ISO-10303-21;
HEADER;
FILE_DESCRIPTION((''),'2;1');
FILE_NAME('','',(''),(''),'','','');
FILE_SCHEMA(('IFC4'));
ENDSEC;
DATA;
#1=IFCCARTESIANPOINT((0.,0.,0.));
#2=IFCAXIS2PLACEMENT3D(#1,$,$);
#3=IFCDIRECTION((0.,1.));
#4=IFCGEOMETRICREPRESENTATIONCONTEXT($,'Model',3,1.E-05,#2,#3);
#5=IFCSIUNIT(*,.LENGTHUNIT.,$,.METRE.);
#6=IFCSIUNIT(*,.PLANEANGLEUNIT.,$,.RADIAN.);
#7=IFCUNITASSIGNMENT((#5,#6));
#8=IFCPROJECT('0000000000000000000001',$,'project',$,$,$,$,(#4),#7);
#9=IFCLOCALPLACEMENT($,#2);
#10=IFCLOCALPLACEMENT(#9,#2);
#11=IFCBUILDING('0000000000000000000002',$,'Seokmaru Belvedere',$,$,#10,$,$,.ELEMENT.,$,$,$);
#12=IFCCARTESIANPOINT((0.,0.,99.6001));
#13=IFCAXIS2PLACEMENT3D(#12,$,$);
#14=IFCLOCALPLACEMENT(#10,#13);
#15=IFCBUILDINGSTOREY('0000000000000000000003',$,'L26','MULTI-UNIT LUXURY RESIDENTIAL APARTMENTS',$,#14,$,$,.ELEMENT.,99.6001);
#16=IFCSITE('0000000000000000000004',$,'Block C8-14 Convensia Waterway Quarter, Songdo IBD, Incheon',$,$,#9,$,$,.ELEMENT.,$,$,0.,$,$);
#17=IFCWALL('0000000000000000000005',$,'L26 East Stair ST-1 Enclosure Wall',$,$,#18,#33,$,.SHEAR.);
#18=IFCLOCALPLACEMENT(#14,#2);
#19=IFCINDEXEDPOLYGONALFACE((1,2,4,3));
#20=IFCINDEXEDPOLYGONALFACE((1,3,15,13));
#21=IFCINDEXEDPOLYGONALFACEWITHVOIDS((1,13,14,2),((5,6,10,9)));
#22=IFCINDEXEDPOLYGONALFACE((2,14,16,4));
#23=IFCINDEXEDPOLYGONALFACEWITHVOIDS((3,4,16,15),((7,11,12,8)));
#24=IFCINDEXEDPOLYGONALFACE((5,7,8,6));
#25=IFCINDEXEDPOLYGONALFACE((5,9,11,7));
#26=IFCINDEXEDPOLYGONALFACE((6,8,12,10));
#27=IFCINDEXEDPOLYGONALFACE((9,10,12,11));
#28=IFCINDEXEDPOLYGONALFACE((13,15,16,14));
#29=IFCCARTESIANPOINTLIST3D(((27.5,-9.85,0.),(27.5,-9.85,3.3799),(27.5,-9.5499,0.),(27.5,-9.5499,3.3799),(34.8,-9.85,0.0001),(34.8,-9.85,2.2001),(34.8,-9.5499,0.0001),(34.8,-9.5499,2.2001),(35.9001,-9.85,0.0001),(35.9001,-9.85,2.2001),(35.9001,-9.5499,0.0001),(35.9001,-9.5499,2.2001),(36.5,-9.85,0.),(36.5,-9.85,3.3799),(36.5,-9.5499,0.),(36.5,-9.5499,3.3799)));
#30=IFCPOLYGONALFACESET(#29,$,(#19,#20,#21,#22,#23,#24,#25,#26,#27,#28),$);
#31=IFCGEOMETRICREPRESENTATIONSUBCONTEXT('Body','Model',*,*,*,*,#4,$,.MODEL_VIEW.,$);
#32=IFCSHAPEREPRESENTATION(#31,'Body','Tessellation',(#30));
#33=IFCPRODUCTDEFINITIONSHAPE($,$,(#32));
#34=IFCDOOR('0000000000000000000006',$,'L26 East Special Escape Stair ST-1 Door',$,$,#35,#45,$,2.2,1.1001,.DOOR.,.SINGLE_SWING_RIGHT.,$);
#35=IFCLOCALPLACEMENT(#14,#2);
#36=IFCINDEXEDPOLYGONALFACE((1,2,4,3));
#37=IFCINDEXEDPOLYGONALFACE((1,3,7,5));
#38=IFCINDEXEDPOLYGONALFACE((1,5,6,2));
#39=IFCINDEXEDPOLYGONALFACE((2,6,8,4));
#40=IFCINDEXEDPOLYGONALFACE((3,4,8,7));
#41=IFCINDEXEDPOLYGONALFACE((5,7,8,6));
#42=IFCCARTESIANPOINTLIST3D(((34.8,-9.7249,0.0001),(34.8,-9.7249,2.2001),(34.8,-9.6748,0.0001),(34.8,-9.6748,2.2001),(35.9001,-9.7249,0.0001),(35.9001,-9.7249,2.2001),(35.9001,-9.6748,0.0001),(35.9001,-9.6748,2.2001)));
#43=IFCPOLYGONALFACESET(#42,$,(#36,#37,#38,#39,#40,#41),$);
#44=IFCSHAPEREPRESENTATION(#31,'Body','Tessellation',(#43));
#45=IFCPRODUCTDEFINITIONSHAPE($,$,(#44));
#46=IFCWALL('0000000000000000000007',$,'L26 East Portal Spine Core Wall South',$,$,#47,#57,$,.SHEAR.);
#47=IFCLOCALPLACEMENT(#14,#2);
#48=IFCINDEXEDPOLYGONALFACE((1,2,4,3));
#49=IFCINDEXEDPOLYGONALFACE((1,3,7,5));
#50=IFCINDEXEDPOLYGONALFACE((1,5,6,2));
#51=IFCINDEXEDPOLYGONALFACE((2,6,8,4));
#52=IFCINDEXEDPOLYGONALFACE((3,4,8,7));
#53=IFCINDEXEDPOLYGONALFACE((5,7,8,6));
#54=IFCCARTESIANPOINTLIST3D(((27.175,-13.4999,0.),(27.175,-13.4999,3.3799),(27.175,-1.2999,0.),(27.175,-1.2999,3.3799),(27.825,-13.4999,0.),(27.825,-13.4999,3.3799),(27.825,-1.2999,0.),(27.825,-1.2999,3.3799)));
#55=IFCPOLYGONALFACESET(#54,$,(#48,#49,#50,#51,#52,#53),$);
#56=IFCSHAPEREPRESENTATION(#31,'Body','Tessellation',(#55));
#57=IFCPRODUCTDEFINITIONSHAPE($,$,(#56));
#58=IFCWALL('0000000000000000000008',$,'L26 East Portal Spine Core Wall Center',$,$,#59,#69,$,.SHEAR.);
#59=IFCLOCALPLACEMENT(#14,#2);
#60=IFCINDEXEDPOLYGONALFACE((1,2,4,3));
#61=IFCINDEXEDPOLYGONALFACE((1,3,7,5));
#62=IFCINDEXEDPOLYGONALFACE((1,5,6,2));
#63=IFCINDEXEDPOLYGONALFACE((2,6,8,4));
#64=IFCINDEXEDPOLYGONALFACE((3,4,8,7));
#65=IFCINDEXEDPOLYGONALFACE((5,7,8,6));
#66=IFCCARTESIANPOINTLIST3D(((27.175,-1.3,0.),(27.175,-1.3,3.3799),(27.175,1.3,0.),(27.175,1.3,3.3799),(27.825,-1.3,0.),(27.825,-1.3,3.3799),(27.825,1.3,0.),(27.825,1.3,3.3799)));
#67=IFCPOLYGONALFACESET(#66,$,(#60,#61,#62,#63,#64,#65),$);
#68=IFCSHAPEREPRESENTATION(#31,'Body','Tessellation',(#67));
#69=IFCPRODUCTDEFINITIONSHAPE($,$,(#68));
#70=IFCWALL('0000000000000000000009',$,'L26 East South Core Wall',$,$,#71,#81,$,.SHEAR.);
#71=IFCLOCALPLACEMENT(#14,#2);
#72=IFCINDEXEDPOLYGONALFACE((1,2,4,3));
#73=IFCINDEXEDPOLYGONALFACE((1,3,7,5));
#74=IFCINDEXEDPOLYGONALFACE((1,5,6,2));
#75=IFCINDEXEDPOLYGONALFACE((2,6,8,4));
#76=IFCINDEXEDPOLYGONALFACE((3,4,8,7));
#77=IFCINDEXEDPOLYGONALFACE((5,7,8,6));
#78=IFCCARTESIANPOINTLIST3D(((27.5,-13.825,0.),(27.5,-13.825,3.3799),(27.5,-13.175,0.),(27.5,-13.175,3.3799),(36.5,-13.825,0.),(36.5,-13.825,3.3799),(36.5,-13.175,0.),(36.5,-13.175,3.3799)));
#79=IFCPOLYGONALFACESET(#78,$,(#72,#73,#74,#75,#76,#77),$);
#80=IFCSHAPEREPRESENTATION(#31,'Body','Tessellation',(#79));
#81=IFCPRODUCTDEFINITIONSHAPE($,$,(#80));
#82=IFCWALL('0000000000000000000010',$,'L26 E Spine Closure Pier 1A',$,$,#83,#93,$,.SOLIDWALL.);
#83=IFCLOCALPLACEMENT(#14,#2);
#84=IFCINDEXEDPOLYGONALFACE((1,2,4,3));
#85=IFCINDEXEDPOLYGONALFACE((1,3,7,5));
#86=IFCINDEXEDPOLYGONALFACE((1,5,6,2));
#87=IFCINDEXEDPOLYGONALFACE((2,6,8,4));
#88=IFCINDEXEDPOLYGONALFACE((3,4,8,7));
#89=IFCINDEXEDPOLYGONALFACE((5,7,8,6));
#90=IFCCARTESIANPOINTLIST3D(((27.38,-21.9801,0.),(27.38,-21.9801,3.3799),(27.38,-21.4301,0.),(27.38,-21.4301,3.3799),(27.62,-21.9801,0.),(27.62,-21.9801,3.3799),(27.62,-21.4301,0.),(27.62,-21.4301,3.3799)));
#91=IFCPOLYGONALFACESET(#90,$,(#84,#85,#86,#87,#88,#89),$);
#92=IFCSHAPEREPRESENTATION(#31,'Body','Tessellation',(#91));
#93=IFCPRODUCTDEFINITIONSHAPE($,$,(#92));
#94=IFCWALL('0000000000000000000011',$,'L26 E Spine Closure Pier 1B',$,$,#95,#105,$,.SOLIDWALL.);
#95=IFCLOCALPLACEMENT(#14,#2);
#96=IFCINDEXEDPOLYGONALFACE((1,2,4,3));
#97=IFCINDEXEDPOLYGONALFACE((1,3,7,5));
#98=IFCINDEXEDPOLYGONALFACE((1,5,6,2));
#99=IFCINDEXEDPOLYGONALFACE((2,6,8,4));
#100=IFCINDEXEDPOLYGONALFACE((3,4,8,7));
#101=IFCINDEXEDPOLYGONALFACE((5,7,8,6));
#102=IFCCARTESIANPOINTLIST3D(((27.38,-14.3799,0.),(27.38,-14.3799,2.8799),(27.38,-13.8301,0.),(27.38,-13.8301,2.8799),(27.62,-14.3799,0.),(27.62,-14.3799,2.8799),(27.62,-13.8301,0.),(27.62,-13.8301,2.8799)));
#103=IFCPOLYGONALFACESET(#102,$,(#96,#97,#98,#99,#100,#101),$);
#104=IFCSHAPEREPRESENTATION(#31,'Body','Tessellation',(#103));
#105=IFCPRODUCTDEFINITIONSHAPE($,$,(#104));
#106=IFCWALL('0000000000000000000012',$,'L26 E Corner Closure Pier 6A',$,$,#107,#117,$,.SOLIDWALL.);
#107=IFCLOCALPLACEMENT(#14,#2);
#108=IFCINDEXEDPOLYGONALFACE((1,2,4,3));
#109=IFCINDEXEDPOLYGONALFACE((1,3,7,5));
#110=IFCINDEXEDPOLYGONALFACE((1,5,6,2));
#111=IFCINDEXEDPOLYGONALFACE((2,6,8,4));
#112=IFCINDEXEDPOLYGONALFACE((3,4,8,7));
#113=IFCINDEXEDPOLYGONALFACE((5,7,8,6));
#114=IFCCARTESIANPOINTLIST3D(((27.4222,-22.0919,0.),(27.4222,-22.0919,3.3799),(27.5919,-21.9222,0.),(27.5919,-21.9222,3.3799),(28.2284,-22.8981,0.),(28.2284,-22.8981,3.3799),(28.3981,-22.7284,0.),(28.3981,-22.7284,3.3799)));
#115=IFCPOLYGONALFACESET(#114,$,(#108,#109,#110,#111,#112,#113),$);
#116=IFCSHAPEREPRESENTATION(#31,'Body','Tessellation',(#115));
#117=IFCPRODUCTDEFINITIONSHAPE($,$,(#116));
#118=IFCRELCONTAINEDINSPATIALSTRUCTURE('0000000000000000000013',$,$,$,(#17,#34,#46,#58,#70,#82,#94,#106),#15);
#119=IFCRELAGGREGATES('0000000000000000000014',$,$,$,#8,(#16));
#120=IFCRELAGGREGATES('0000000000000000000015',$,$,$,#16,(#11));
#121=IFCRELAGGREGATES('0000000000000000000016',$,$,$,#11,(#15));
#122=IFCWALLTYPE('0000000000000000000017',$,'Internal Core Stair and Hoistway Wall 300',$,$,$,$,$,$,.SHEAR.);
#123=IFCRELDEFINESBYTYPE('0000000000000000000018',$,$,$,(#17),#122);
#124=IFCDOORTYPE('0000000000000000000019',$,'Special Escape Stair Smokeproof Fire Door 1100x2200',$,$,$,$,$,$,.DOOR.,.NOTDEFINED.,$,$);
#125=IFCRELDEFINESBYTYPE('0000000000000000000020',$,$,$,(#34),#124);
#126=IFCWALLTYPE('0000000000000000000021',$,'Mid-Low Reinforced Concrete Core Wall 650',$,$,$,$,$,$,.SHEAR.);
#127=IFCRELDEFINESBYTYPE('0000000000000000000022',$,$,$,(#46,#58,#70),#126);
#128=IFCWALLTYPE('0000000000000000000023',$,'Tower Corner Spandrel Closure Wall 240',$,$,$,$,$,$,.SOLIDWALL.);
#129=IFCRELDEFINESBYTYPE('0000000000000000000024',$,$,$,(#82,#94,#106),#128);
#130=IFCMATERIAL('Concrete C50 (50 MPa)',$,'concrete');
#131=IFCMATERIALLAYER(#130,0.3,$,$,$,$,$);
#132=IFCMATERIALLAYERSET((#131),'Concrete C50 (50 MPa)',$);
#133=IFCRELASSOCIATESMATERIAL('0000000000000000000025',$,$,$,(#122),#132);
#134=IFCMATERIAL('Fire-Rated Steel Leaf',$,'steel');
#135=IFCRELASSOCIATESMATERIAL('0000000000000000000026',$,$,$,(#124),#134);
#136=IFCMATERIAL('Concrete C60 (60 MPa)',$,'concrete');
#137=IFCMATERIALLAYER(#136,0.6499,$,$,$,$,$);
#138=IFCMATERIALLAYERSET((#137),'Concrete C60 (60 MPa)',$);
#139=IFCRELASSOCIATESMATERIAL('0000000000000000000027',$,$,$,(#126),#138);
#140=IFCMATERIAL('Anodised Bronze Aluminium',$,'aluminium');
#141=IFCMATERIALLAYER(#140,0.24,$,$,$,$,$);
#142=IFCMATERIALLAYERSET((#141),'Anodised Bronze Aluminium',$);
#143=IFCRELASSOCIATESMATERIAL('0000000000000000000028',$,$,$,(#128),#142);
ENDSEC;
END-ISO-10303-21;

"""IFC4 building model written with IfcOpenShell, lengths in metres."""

from ifc_helpers import new_model, si_unit, direction, frame, frame_2d, origin, place, context, subcontext, project, spatial, rectangle, extrude, source, transform, mapped, material, layer, layer_set, type_object, type_shapes, element, fill, save


model = new_model("IFC4")

# Units and contexts
model_context = context("Model", 3, precision=1e-05, world=origin(), true_north=direction((0.0, 1.0)))
body_context = subcontext(model_context, "Body", "Model", "MODEL_VIEW")
ifc_project = project(units=[si_unit("LENGTHUNIT", "METRE"), si_unit("PLANEANGLEUNIT", "RADIAN")], contexts=[model_context])

# Site, building, storey
site_placement = place(None, origin())
site = spatial("IfcSite", under=ifc_project, at=site_placement, Name="Block C8-14 Convensia Waterway Quarter, Songdo IBD, Incheon", CompositionType="ELEMENT", RefElevation=0.0)
building_placement = place(site_placement, origin())
building = spatial("IfcBuilding", under=site, at=building_placement, Name="Seokmaru Belvedere", CompositionType="ELEMENT")
storey_placement = place(building_placement, frame((0.0, 0.0, 99.6001)))
storey = spatial("IfcBuildingStorey", under=building, at=storey_placement, Name="L26", Description="MULTI-UNIT LUXURY RESIDENTIAL APARTMENTS", CompositionType="ELEMENT", Elevation=99.6001)

# Shared definitions
ifc_material_1 = material(Name="Anodised Bronze Aluminium", Category="aluminium")

# Shared definitions
ifc_material_2 = material(Name="Concrete C50 (50 MPa)", Category="concrete")

# Wall, opening, door
ifc_layer_1 = layer(ifc_material_2, 0.3)
ifc_layer_set_1 = layer_set([ifc_layer_1], Name="Concrete C50 (50 MPa)")
wall_type_1 = type_object("IfcWallType", Name="Internal Core Stair and Hoistway Wall 300", PredefinedType="SHEAR", material=ifc_layer_set_1)
wall_1_placement = place(storey_placement, frame((27.5, -9.7, 0.0), z_axis=(0.0, 0.0, 1.0), x_axis=(1.0, 0.0, 0.0)))
wall_1 = element("IfcWall", 1, at=wall_1_placement, inside=storey, type_object=wall_type_1, Name="L26 East Stair ST-1 Enclosure Wall", PredefinedType="SHEAR", context=body_context, shape_type="SweptSolid", body=[
    extrude(rectangle(XDim=9.0, YDim=0.3, at=frame_2d((4.5, 0.0))), origin(), (0.0, 0.0, 1.0), 3.3799),
])
opening_placement = place(wall_1_placement, frame((7.3, 0.0, 0.0)))
opening = element("IfcOpeningElement", 2, at=opening_placement, cuts=wall_1, PredefinedType="OPENING", context=body_context, shape_type="SweptSolid", body=[
    extrude(rectangle(XDim=1.1001, YDim=2.2, at=frame_2d((0.55, 1.1001))), frame((0.0, 0.1602, 0.0), z_axis=(0.0, -1.0, 0.0), x_axis=(1.0, 0.0, 0.0)), (0.0, 0.0, 1.0), 0.3201),
])
ifc_material_3 = material(Name="Fire-Rated Steel Leaf", Category="steel")
door_type = type_object("IfcDoorType", Name="Special Escape Stair Smokeproof Fire Door 1100x2200", OperationType="NOTDEFINED", PredefinedType="DOOR", material=ifc_material_3)
shared_shape_1 = source(origin(), body_context, "Body", "SweptSolid", [
    extrude(rectangle(XDim=1.1001, YDim=2.2, at=frame_2d((0.55, 1.1001))), frame((0.0, 0.0249, 0.0), z_axis=(0.0, -1.0, 0.0), x_axis=(1.0, 0.0, 0.0)), (0.0, 0.0, 1.0), 0.05),
])
type_shapes(door_type, [shared_shape_1])
door_placement = place(opening_placement, frame((1.1001, 0.0, 0.0), z_axis=(0.0, 0.0, 1.0), x_axis=(-1.0, 0.0, 0.0)))
door = element("IfcDoor", 3, at=door_placement, inside=storey, type_object=door_type, Name="L26 East Special Escape Stair ST-1 Door", OperationType="SINGLE_SWING_RIGHT", OverallHeight=2.2, OverallWidth=1.1001, PredefinedType="DOOR", context=body_context, shape_type="MappedRepresentation", body=[
    mapped(shared_shape_1, transform((0.0, 0.0, 0.0), scale=1.0)),
])
fill(opening, door)

# Walls
ifc_material_4 = material(Name="Concrete C60 (60 MPa)", Category="concrete")
ifc_layer_2 = layer(ifc_material_4, 0.6499)
ifc_layer_set_2 = layer_set([ifc_layer_2], Name="Concrete C60 (60 MPa)")
wall_type_2 = type_object("IfcWallType", Name="Mid-Low Reinforced Concrete Core Wall 650", PredefinedType="SHEAR", material=ifc_layer_set_2)
wall_2_placement = place(storey_placement, frame((27.5, -13.5, 0.0), z_axis=(0.0, 0.0, 1.0), x_axis=(0.0, 1.0, 0.0)))
element("IfcWall", 4, at=wall_2_placement, inside=storey, type_object=wall_type_2, Name="L26 East Portal Spine Core Wall South", PredefinedType="SHEAR", context=body_context, shape_type="SweptSolid", body=[
    extrude(rectangle(XDim=12.2, YDim=0.6499, at=frame_2d((6.1001, 0.0))), origin(), (0.0, 0.0, 1.0), 3.3799),
])
wall_3_placement = place(storey_placement, frame((27.5, -1.3, 0.0), z_axis=(0.0, 0.0, 1.0), x_axis=(0.0, 1.0, 0.0)))
element("IfcWall", 5, at=wall_3_placement, inside=storey, type_object=wall_type_2, Name="L26 East Portal Spine Core Wall Center", PredefinedType="SHEAR", context=body_context, shape_type="SweptSolid", body=[
    extrude(rectangle(XDim=2.6001, YDim=0.6499, at=frame_2d((1.3, 0.0))), origin(), (0.0, 0.0, 1.0), 3.3799),
])
wall_4_placement = place(storey_placement, frame((27.5, -13.5, 0.0), z_axis=(0.0, 0.0, 1.0), x_axis=(1.0, 0.0, 0.0)))
element("IfcWall", 6, at=wall_4_placement, inside=storey, type_object=wall_type_2, Name="L26 East South Core Wall", PredefinedType="SHEAR", context=body_context, shape_type="SweptSolid", body=[
    extrude(rectangle(XDim=9.0, YDim=0.6499, at=frame_2d((4.5, 0.0))), origin(), (0.0, 0.0, 1.0), 3.3799),
])
ifc_layer_3 = layer(ifc_material_1, 0.24)
ifc_layer_set_3 = layer_set([ifc_layer_3], Name="Anodised Bronze Aluminium")
wall_type_3 = type_object("IfcWallType", Name="Tower Corner Spandrel Closure Wall 240", PredefinedType="SOLIDWALL", material=ifc_layer_set_3)
wall_5_placement = place(storey_placement, frame((27.5, -21.98, 0.0), z_axis=(0.0, 0.0, 1.0), x_axis=(0.0, 1.0, 0.0)))
element("IfcWall", 7, at=wall_5_placement, inside=storey, type_object=wall_type_3, Name="L26 E Spine Closure Pier 1A", PredefinedType="SOLIDWALL", context=body_context, shape_type="SweptSolid", body=[
    extrude(rectangle(XDim=0.55, YDim=0.24, at=frame_2d((0.2749, 0.0))), origin(), (0.0, 0.0, 1.0), 3.3799),
])
wall_6_placement = place(storey_placement, frame((27.5, -14.3799, 0.0), z_axis=(0.0, 0.0, 1.0), x_axis=(0.0, 1.0, 0.0)))
element("IfcWall", 8, at=wall_6_placement, inside=storey, type_object=wall_type_3, Name="L26 E Spine Closure Pier 1B", PredefinedType="SOLIDWALL", context=body_context, shape_type="SweptSolid", body=[
    extrude(rectangle(XDim=0.5498, YDim=0.24, at=frame_2d((0.2749, 0.0))), origin(), (0.0, 0.0, 1.0), 2.8799),
])
wall_7_placement = place(storey_placement, frame((27.5071, -22.0071, 0.0), z_axis=(0.0, 0.0, 1.0), x_axis=(0.707107, -0.707107, 0.0)))
element("IfcWall", 9, at=wall_7_placement, inside=storey, type_object=wall_type_3, Name="L26 E Corner Closure Pier 6A", PredefinedType="SOLIDWALL", context=body_context, shape_type="SweptSolid", body=[
    extrude(rectangle(XDim=1.1401, YDim=0.24, at=frame_2d((0.5701, 0.0))), origin(), (0.0, 0.0, 1.0), 3.3799),
])

save(model, "model.ifc")
